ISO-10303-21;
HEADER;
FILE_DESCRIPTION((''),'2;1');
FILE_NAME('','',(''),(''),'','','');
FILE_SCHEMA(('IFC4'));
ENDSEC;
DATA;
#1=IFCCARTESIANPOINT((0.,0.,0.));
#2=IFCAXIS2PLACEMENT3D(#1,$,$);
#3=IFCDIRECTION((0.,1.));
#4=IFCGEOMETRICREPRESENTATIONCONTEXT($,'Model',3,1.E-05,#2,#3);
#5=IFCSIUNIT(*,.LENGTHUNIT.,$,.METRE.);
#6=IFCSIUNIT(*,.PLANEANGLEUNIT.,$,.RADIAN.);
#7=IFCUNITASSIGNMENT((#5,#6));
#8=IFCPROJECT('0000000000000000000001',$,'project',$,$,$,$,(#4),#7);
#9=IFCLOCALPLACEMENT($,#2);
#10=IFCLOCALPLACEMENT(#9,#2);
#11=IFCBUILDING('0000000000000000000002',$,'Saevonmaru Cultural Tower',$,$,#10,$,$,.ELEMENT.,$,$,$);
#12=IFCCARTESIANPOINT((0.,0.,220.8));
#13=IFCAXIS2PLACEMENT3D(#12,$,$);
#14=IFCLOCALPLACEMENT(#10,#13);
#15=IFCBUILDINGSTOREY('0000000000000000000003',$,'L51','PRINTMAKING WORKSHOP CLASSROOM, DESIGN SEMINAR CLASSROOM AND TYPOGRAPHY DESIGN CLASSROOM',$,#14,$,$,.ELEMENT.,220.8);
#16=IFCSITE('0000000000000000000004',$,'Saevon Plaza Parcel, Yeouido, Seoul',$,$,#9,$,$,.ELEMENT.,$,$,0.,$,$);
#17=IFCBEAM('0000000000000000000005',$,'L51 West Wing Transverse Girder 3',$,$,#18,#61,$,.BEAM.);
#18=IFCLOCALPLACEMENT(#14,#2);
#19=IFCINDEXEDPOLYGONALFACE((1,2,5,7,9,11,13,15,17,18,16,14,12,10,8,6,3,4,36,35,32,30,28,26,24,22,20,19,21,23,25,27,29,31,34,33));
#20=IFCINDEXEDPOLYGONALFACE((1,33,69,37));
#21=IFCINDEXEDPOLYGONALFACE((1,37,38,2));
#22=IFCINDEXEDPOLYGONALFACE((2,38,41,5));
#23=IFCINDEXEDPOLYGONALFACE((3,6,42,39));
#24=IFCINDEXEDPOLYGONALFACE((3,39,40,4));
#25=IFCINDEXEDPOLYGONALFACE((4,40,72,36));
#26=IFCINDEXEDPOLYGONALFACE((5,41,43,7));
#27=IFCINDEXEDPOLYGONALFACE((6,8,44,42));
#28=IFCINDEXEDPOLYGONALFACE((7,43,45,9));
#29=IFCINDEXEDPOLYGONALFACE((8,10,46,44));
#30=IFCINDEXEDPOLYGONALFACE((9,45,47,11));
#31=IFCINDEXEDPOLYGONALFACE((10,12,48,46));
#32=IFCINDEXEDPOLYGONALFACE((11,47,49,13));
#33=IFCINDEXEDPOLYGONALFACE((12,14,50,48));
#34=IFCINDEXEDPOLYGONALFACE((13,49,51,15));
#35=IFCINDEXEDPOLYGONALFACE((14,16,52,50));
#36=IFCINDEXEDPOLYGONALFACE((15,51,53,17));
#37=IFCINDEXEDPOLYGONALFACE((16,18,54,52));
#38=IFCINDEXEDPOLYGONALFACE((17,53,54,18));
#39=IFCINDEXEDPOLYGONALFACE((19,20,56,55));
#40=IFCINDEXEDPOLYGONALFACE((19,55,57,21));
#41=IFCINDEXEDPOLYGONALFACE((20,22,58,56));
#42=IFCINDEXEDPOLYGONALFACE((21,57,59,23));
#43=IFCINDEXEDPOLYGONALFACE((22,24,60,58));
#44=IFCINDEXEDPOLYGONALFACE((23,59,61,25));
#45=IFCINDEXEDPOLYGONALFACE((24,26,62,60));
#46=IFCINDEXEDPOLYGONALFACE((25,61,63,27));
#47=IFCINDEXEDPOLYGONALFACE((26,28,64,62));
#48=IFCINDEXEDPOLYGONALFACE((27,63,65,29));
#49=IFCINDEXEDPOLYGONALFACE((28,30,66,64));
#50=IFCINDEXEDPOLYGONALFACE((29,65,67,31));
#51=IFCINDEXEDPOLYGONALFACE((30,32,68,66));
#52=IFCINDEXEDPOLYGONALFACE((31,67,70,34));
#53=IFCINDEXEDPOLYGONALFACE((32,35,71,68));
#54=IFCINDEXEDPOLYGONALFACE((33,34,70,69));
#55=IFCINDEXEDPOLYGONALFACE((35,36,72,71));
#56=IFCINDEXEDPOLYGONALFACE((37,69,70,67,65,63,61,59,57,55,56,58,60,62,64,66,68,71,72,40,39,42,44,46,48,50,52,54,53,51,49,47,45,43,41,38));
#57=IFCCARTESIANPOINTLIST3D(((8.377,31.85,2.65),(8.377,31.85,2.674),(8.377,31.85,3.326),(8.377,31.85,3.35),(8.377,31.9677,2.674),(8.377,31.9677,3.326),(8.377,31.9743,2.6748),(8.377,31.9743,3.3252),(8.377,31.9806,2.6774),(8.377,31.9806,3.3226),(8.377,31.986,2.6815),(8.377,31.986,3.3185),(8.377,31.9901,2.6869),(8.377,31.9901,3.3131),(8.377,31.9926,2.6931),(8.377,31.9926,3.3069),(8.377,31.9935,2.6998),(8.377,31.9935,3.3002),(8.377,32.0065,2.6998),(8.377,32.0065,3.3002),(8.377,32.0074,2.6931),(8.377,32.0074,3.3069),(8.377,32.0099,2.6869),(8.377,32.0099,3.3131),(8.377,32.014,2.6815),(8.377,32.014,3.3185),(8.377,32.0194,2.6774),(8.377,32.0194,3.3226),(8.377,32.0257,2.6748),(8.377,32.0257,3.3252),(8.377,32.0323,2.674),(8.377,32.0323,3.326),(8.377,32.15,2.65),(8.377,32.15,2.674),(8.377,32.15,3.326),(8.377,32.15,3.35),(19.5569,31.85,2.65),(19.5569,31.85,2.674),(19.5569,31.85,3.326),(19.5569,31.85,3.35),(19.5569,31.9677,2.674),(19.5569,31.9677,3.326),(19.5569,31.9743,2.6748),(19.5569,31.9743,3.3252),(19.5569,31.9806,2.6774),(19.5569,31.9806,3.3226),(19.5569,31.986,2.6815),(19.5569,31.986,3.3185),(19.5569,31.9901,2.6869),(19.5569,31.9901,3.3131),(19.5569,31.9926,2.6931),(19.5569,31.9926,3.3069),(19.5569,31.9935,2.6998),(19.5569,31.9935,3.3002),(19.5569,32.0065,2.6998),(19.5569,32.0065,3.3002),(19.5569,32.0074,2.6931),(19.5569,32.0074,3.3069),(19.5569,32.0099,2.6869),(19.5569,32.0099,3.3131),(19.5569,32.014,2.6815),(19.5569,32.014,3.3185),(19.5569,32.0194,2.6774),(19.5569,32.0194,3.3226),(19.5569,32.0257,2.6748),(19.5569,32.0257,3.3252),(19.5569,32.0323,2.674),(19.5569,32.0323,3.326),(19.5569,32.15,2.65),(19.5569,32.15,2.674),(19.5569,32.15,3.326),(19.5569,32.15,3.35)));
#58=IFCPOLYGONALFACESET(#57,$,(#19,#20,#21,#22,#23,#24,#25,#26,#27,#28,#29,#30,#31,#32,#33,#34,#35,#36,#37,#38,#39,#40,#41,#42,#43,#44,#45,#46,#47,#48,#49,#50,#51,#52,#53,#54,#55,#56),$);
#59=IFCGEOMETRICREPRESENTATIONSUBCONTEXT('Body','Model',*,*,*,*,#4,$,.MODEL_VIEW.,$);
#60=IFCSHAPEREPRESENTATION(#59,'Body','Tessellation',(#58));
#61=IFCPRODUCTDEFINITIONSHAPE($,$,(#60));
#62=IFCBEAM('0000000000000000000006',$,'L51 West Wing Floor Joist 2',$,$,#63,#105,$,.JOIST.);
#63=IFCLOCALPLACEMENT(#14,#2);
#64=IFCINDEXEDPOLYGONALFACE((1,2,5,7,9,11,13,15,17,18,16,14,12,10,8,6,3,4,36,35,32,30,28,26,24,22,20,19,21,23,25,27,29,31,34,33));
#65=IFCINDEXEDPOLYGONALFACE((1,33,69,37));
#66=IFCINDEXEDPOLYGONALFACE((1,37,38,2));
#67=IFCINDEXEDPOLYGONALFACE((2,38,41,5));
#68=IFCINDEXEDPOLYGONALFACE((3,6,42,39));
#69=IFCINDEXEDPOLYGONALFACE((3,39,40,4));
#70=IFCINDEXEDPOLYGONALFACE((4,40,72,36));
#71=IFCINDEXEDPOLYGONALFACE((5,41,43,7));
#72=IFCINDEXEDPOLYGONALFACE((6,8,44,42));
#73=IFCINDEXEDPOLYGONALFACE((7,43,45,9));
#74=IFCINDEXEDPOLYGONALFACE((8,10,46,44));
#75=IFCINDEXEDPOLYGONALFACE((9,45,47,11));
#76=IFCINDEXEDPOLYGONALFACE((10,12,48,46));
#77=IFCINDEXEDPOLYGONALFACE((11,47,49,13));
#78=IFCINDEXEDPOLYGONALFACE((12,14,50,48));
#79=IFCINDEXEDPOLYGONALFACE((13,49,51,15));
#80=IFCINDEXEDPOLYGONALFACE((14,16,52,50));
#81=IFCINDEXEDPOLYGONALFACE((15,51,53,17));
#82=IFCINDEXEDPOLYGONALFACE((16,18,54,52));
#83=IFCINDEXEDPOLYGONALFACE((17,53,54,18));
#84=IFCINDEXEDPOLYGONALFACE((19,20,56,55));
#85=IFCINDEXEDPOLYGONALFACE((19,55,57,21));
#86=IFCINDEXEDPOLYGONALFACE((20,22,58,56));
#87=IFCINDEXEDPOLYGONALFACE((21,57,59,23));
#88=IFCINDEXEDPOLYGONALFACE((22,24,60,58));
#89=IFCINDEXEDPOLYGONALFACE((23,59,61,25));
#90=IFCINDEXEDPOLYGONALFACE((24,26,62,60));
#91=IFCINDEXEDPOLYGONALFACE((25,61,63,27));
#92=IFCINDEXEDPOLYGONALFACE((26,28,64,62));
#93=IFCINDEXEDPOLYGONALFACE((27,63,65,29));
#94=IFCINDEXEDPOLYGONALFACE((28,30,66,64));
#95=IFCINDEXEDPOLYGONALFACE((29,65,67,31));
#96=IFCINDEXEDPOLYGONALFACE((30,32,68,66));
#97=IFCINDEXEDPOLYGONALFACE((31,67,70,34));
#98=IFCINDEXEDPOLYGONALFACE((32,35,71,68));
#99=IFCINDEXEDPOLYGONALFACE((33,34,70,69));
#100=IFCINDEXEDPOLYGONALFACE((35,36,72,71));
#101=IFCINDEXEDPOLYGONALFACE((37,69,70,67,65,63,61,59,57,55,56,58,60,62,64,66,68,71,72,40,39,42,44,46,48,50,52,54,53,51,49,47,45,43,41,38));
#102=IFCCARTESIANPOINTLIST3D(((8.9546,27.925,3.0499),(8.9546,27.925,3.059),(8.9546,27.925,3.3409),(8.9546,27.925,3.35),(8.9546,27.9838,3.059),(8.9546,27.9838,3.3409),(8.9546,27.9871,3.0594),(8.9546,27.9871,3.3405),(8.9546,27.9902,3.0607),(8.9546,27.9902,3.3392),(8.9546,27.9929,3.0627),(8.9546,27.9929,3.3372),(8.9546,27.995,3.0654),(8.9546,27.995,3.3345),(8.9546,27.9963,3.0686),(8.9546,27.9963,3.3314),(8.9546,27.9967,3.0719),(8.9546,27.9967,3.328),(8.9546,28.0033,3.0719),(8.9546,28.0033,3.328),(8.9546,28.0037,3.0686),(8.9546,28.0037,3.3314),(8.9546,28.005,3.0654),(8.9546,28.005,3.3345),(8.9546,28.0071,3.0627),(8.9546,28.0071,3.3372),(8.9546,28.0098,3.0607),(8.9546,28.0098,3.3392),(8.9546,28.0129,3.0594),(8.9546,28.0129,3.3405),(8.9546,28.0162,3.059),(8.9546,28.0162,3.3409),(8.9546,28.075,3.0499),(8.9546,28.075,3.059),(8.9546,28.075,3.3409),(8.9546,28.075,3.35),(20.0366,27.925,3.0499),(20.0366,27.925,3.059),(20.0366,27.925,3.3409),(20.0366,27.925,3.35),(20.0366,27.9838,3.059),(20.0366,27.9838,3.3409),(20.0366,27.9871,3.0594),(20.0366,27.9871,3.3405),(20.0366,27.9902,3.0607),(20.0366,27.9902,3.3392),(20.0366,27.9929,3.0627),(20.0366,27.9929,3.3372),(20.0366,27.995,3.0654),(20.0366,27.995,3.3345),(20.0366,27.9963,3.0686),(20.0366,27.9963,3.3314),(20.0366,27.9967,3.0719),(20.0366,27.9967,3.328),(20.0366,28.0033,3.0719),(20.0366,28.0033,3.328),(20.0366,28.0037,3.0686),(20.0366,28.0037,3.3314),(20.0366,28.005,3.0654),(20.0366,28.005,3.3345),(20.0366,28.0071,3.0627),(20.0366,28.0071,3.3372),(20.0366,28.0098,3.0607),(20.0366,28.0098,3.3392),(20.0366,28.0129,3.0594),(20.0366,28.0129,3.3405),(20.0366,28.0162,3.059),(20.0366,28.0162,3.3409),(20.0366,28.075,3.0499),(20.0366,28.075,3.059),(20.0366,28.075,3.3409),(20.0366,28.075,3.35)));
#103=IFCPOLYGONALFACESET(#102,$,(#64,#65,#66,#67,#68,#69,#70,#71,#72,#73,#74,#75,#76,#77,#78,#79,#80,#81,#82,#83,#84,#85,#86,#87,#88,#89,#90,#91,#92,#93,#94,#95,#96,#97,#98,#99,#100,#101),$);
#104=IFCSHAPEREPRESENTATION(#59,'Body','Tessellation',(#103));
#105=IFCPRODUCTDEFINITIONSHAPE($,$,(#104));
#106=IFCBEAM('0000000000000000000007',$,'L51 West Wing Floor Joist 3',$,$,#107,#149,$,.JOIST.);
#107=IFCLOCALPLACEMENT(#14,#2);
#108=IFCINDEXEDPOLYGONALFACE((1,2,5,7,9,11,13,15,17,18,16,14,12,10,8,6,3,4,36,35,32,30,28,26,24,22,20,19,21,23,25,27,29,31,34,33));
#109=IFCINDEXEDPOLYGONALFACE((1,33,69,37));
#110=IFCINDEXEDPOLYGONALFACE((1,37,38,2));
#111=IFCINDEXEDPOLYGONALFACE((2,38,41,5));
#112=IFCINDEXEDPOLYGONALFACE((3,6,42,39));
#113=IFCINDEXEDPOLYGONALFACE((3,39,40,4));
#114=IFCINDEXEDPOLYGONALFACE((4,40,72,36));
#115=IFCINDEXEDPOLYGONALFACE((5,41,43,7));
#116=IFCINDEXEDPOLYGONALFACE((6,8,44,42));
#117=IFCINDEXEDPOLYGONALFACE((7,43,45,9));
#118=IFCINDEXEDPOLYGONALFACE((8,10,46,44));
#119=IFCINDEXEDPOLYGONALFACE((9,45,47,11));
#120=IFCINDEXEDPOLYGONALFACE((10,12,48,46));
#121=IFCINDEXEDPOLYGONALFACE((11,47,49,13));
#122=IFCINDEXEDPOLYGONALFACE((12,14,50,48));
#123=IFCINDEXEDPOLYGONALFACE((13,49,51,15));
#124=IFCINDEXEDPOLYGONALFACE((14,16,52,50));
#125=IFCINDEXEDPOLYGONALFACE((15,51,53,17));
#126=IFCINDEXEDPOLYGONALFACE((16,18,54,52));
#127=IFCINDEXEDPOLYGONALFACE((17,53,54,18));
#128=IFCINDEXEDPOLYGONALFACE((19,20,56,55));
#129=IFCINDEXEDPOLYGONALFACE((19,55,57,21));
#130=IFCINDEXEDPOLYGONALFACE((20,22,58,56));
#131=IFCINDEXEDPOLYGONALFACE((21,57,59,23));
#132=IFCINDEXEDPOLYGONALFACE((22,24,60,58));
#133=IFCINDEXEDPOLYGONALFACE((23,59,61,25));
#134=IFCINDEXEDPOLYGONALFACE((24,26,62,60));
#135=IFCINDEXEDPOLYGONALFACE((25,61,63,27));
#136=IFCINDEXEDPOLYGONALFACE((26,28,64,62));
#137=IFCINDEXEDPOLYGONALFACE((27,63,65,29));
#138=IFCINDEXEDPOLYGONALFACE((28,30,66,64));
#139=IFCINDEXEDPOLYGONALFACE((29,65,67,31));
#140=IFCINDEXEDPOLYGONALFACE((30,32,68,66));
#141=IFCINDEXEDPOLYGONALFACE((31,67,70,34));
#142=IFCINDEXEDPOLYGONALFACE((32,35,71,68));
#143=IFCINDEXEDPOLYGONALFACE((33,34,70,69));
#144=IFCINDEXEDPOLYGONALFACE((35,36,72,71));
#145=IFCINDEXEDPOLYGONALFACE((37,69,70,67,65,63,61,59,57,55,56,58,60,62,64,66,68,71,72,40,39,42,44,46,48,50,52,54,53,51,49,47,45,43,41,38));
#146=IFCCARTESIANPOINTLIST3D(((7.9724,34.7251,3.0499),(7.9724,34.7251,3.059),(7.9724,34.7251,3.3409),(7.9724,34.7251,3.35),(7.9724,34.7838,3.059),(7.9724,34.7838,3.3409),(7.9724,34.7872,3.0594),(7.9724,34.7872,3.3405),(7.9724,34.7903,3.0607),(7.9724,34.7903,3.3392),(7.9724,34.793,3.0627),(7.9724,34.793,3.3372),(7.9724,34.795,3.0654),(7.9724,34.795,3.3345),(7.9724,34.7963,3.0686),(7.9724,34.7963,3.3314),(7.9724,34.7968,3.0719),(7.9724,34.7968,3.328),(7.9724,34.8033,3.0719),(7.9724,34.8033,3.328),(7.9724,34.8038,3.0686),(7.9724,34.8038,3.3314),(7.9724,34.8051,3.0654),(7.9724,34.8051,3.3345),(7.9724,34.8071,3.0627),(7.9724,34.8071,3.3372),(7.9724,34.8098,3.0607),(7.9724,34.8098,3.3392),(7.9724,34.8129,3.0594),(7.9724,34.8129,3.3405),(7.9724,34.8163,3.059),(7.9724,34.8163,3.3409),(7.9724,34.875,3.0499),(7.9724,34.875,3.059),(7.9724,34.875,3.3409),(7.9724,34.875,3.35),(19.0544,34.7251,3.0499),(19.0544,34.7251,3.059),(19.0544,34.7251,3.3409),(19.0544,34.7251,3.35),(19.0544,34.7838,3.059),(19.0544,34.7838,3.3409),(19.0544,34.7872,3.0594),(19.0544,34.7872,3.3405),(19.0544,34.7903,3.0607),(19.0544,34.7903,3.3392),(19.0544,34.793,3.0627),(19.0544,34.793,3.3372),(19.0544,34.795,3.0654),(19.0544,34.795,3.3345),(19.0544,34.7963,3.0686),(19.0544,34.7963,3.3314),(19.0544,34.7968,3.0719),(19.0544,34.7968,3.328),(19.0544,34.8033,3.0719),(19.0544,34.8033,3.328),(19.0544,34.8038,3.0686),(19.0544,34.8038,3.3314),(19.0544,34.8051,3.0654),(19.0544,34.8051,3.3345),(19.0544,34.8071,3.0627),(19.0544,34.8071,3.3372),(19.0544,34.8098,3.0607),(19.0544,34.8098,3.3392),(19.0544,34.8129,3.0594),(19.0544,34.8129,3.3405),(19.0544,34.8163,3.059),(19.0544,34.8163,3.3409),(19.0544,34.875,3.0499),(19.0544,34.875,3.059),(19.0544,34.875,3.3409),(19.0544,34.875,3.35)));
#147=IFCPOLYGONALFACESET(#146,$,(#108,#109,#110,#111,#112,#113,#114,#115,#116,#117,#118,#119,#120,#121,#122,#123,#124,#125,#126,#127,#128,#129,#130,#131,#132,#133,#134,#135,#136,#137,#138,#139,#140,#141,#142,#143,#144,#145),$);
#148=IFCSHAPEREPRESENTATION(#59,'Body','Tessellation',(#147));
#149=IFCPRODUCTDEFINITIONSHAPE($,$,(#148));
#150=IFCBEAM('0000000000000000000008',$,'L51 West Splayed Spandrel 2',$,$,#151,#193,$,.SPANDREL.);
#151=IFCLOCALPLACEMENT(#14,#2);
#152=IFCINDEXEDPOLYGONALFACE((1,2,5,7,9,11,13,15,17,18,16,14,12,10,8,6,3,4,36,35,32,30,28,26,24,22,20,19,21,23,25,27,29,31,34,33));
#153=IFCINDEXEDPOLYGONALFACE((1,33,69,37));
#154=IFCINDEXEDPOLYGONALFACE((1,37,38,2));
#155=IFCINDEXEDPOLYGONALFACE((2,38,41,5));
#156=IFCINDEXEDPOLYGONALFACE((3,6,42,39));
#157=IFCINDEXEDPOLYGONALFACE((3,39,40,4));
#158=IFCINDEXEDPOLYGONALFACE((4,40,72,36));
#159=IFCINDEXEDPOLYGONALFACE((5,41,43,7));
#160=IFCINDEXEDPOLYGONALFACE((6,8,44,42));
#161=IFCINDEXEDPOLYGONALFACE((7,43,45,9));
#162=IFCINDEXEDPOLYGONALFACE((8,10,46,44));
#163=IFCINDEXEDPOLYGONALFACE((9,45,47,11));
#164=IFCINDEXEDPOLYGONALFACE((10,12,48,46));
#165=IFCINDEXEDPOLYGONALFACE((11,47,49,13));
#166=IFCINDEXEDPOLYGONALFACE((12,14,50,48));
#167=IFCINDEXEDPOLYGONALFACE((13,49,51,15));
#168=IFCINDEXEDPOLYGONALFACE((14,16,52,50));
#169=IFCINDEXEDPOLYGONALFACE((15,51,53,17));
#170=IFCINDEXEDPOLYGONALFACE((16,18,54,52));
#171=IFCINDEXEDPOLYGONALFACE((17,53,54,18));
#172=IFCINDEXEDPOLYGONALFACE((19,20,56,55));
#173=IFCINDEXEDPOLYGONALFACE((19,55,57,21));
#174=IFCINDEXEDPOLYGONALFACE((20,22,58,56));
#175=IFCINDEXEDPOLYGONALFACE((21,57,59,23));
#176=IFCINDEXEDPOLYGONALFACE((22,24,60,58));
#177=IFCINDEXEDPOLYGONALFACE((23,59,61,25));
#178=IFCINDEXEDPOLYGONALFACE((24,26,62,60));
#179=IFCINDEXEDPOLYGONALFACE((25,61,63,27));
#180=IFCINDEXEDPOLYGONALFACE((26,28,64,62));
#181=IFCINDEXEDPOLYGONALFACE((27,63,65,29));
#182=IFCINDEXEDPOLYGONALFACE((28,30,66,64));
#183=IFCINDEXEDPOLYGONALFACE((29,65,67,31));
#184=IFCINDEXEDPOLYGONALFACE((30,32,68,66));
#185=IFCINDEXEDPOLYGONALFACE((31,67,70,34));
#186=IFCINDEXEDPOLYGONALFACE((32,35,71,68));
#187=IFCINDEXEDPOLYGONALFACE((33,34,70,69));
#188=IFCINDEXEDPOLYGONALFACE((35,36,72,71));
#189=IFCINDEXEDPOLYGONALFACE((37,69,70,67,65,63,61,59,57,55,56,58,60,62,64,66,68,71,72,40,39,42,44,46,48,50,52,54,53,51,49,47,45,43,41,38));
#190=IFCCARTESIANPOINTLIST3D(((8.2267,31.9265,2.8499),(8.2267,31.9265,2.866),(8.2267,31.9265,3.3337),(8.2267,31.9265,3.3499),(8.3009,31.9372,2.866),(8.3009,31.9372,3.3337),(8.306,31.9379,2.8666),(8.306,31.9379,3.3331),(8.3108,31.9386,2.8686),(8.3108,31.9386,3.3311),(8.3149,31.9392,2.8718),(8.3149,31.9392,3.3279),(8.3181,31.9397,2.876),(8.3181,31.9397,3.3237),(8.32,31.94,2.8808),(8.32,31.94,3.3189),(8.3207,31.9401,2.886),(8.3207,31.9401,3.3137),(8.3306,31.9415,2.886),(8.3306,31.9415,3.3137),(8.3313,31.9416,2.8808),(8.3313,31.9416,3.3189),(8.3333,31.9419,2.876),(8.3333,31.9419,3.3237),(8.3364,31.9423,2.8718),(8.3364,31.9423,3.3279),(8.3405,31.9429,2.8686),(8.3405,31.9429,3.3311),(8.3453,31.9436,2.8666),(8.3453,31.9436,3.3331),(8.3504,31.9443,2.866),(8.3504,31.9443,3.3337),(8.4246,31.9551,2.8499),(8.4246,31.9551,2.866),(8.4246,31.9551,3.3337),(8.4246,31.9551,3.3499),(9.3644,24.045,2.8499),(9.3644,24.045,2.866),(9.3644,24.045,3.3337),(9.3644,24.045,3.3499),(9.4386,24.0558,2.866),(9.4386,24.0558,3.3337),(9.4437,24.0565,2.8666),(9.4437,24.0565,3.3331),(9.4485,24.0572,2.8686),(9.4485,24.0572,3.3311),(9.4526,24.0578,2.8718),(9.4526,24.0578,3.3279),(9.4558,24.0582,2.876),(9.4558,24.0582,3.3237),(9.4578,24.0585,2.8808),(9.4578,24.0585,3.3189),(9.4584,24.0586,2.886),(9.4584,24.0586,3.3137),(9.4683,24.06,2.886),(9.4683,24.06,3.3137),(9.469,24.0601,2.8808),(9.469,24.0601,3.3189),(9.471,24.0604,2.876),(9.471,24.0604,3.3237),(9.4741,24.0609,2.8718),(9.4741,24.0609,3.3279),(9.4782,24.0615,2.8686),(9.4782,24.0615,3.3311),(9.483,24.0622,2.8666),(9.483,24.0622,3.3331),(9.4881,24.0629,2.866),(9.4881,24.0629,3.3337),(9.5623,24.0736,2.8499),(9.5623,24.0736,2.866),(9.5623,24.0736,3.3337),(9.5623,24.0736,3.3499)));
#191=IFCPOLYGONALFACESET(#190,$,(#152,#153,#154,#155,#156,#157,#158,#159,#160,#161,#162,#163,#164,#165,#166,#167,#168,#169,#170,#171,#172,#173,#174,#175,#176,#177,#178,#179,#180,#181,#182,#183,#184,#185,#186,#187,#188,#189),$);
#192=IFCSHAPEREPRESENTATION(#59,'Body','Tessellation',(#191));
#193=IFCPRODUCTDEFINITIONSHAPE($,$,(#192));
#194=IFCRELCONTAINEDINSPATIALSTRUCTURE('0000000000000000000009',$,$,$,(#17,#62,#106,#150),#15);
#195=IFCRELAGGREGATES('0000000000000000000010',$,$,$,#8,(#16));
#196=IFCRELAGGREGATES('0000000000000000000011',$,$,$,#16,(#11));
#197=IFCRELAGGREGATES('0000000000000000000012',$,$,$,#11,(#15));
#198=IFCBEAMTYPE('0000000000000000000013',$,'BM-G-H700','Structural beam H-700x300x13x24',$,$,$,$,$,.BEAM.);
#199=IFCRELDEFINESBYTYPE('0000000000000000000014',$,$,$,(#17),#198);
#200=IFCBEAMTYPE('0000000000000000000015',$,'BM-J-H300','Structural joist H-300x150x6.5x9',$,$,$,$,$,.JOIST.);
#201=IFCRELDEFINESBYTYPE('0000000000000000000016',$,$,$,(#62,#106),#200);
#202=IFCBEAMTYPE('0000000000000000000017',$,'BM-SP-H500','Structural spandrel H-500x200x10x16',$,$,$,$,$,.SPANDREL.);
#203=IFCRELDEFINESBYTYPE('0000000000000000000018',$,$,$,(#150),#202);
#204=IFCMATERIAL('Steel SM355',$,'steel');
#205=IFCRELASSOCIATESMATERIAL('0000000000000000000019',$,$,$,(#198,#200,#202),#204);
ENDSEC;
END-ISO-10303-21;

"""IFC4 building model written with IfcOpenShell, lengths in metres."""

from ifc_helpers import new_model, si_unit, direction, frame, origin, origin_2d, place, context, subcontext, project, spatial, i_section, extrude, material, material_profile, profile_set, type_object, element, save


model = new_model("IFC4")

# Units and contexts
model_context = context("Model", 3, precision=1e-05, world=origin(), true_north=direction((0.0, 1.0)))
body_context = subcontext(model_context, "Body", "Model", "MODEL_VIEW")
ifc_project = project(units=[si_unit("LENGTHUNIT", "METRE"), si_unit("PLANEANGLEUNIT", "RADIAN")], contexts=[model_context])

# Site, building, storey
site_placement = place(None, origin())
site = spatial("IfcSite", under=ifc_project, at=site_placement, Name="Saevon Plaza Parcel, Yeouido, Seoul", CompositionType="ELEMENT", RefElevation=0.0)
building_placement = place(site_placement, origin())
building = spatial("IfcBuilding", under=site, at=building_placement, Name="Saevonmaru Cultural Tower", CompositionType="ELEMENT")
storey_placement = place(building_placement, frame((0.0, 0.0, 220.8)))
storey = spatial("IfcBuildingStorey", under=building, at=storey_placement, Name="L51", Description="PRINTMAKING WORKSHOP CLASSROOM, DESIGN SEMINAR CLASSROOM AND TYPOGRAPHY DESIGN CLASSROOM", CompositionType="ELEMENT", Elevation=220.8)

# Shared definitions
ifc_material_1 = material(Name="Steel SM355", Category="steel")

# Beams
ifc_material_profile_1 = material_profile(ifc_material_1, i_section(OverallWidth=0.3, OverallDepth=0.7, WebThickness=0.0129, FlangeThickness=0.0239, FilletRadius=0.0259, at=origin_2d()), Name="H-700x300x13x24")
ifc_profile_set_1 = profile_set([ifc_material_profile_1], Name="Steel SM355")
beam_type_1 = type_object("IfcBeamType", Name="BM-G-H700", Description="Structural beam H-700x300x13x24", PredefinedType="BEAM", material=ifc_profile_set_1)
beam_1_placement = place(storey_placement, frame((8.377, 32.0, 3.0), z_axis=(1.0, 0.0, 0.0), x_axis=(0.0, 1.0, 0.0)))
element("IfcBeam", 1, at=beam_1_placement, inside=storey, type_object=beam_type_1, Name="L51 West Wing Transverse Girder 3", PredefinedType="BEAM", context=body_context, shape_type="SweptSolid", body=[
    extrude(i_section(OverallWidth=0.3, OverallDepth=0.7, WebThickness=0.0129, FlangeThickness=0.0239, FilletRadius=0.0259, at=origin_2d()), origin(), (0.0, 0.0, 1.0), 11.1799),
])
ifc_material_profile_2 = material_profile(ifc_material_1, i_section(OverallWidth=0.1499, OverallDepth=0.3, WebThickness=0.0066, FlangeThickness=0.009, FilletRadius=0.0129, at=origin_2d()), Name="H-300x150x6.5x9")
ifc_profile_set_2 = profile_set([ifc_material_profile_2], Name="Steel SM355")
beam_type_2 = type_object("IfcBeamType", Name="BM-J-H300", Description="Structural joist H-300x150x6.5x9", PredefinedType="JOIST", material=ifc_profile_set_2)
for number, where, z_axis, x_axis, name in (
    (2, (8.9546, 28.0, 3.2), (1.0, 0.0, 0.0), (0.0, 1.0, 0.0), "L51 West Wing Floor Joist 2"),
    (3, (7.9724, 34.8, 3.2), (1.0, 0.0, 0.0), (0.0, 1.0, 0.0), "L51 West Wing Floor Joist 3"),
):
    element("IfcBeam", number, at=place(storey_placement, frame(where, z_axis=z_axis, x_axis=x_axis)), inside=storey, type_object=beam_type_2, Name=name, PredefinedType="JOIST", context=body_context, shape_type="SweptSolid", body=[
        extrude(i_section(OverallWidth=0.1499, OverallDepth=0.3, WebThickness=0.0066, FlangeThickness=0.009, FilletRadius=0.0129, at=origin_2d()), origin(), (0.0, 0.0, 1.0), 11.082),
    ])
ifc_material_profile_3 = material_profile(ifc_material_1, i_section(OverallWidth=0.2, OverallDepth=0.5, WebThickness=0.01, FlangeThickness=0.0161, FilletRadius=0.02, at=origin_2d()), Name="H-500x200x10x16")
ifc_profile_set_3 = profile_set([ifc_material_profile_3], Name="Steel SM355")
beam_type_3 = type_object("IfcBeamType", Name="BM-SP-H500", Description="Structural spandrel H-500x200x10x16", PredefinedType="SPANDREL", material=ifc_profile_set_3)
beam_2_placement = place(storey_placement, frame((9.4634, 24.0593, 3.0999), z_axis=(-0.142872, 0.989741, 0.0), x_axis=(-0.989741, -0.142872, 0.0)))
element("IfcBeam", 4, at=beam_2_placement, inside=storey, type_object=beam_type_3, Name="L51 West Splayed Spandrel 2", PredefinedType="SPANDREL", context=body_context, shape_type="SweptSolid", body=[
    extrude(i_section(OverallWidth=0.2, OverallDepth=0.5, WebThickness=0.01, FlangeThickness=0.0161, FilletRadius=0.02, at=origin_2d()), origin(), (0.0, 0.0, 1.0), 7.9631),
])

save(model, "model.ifc")
